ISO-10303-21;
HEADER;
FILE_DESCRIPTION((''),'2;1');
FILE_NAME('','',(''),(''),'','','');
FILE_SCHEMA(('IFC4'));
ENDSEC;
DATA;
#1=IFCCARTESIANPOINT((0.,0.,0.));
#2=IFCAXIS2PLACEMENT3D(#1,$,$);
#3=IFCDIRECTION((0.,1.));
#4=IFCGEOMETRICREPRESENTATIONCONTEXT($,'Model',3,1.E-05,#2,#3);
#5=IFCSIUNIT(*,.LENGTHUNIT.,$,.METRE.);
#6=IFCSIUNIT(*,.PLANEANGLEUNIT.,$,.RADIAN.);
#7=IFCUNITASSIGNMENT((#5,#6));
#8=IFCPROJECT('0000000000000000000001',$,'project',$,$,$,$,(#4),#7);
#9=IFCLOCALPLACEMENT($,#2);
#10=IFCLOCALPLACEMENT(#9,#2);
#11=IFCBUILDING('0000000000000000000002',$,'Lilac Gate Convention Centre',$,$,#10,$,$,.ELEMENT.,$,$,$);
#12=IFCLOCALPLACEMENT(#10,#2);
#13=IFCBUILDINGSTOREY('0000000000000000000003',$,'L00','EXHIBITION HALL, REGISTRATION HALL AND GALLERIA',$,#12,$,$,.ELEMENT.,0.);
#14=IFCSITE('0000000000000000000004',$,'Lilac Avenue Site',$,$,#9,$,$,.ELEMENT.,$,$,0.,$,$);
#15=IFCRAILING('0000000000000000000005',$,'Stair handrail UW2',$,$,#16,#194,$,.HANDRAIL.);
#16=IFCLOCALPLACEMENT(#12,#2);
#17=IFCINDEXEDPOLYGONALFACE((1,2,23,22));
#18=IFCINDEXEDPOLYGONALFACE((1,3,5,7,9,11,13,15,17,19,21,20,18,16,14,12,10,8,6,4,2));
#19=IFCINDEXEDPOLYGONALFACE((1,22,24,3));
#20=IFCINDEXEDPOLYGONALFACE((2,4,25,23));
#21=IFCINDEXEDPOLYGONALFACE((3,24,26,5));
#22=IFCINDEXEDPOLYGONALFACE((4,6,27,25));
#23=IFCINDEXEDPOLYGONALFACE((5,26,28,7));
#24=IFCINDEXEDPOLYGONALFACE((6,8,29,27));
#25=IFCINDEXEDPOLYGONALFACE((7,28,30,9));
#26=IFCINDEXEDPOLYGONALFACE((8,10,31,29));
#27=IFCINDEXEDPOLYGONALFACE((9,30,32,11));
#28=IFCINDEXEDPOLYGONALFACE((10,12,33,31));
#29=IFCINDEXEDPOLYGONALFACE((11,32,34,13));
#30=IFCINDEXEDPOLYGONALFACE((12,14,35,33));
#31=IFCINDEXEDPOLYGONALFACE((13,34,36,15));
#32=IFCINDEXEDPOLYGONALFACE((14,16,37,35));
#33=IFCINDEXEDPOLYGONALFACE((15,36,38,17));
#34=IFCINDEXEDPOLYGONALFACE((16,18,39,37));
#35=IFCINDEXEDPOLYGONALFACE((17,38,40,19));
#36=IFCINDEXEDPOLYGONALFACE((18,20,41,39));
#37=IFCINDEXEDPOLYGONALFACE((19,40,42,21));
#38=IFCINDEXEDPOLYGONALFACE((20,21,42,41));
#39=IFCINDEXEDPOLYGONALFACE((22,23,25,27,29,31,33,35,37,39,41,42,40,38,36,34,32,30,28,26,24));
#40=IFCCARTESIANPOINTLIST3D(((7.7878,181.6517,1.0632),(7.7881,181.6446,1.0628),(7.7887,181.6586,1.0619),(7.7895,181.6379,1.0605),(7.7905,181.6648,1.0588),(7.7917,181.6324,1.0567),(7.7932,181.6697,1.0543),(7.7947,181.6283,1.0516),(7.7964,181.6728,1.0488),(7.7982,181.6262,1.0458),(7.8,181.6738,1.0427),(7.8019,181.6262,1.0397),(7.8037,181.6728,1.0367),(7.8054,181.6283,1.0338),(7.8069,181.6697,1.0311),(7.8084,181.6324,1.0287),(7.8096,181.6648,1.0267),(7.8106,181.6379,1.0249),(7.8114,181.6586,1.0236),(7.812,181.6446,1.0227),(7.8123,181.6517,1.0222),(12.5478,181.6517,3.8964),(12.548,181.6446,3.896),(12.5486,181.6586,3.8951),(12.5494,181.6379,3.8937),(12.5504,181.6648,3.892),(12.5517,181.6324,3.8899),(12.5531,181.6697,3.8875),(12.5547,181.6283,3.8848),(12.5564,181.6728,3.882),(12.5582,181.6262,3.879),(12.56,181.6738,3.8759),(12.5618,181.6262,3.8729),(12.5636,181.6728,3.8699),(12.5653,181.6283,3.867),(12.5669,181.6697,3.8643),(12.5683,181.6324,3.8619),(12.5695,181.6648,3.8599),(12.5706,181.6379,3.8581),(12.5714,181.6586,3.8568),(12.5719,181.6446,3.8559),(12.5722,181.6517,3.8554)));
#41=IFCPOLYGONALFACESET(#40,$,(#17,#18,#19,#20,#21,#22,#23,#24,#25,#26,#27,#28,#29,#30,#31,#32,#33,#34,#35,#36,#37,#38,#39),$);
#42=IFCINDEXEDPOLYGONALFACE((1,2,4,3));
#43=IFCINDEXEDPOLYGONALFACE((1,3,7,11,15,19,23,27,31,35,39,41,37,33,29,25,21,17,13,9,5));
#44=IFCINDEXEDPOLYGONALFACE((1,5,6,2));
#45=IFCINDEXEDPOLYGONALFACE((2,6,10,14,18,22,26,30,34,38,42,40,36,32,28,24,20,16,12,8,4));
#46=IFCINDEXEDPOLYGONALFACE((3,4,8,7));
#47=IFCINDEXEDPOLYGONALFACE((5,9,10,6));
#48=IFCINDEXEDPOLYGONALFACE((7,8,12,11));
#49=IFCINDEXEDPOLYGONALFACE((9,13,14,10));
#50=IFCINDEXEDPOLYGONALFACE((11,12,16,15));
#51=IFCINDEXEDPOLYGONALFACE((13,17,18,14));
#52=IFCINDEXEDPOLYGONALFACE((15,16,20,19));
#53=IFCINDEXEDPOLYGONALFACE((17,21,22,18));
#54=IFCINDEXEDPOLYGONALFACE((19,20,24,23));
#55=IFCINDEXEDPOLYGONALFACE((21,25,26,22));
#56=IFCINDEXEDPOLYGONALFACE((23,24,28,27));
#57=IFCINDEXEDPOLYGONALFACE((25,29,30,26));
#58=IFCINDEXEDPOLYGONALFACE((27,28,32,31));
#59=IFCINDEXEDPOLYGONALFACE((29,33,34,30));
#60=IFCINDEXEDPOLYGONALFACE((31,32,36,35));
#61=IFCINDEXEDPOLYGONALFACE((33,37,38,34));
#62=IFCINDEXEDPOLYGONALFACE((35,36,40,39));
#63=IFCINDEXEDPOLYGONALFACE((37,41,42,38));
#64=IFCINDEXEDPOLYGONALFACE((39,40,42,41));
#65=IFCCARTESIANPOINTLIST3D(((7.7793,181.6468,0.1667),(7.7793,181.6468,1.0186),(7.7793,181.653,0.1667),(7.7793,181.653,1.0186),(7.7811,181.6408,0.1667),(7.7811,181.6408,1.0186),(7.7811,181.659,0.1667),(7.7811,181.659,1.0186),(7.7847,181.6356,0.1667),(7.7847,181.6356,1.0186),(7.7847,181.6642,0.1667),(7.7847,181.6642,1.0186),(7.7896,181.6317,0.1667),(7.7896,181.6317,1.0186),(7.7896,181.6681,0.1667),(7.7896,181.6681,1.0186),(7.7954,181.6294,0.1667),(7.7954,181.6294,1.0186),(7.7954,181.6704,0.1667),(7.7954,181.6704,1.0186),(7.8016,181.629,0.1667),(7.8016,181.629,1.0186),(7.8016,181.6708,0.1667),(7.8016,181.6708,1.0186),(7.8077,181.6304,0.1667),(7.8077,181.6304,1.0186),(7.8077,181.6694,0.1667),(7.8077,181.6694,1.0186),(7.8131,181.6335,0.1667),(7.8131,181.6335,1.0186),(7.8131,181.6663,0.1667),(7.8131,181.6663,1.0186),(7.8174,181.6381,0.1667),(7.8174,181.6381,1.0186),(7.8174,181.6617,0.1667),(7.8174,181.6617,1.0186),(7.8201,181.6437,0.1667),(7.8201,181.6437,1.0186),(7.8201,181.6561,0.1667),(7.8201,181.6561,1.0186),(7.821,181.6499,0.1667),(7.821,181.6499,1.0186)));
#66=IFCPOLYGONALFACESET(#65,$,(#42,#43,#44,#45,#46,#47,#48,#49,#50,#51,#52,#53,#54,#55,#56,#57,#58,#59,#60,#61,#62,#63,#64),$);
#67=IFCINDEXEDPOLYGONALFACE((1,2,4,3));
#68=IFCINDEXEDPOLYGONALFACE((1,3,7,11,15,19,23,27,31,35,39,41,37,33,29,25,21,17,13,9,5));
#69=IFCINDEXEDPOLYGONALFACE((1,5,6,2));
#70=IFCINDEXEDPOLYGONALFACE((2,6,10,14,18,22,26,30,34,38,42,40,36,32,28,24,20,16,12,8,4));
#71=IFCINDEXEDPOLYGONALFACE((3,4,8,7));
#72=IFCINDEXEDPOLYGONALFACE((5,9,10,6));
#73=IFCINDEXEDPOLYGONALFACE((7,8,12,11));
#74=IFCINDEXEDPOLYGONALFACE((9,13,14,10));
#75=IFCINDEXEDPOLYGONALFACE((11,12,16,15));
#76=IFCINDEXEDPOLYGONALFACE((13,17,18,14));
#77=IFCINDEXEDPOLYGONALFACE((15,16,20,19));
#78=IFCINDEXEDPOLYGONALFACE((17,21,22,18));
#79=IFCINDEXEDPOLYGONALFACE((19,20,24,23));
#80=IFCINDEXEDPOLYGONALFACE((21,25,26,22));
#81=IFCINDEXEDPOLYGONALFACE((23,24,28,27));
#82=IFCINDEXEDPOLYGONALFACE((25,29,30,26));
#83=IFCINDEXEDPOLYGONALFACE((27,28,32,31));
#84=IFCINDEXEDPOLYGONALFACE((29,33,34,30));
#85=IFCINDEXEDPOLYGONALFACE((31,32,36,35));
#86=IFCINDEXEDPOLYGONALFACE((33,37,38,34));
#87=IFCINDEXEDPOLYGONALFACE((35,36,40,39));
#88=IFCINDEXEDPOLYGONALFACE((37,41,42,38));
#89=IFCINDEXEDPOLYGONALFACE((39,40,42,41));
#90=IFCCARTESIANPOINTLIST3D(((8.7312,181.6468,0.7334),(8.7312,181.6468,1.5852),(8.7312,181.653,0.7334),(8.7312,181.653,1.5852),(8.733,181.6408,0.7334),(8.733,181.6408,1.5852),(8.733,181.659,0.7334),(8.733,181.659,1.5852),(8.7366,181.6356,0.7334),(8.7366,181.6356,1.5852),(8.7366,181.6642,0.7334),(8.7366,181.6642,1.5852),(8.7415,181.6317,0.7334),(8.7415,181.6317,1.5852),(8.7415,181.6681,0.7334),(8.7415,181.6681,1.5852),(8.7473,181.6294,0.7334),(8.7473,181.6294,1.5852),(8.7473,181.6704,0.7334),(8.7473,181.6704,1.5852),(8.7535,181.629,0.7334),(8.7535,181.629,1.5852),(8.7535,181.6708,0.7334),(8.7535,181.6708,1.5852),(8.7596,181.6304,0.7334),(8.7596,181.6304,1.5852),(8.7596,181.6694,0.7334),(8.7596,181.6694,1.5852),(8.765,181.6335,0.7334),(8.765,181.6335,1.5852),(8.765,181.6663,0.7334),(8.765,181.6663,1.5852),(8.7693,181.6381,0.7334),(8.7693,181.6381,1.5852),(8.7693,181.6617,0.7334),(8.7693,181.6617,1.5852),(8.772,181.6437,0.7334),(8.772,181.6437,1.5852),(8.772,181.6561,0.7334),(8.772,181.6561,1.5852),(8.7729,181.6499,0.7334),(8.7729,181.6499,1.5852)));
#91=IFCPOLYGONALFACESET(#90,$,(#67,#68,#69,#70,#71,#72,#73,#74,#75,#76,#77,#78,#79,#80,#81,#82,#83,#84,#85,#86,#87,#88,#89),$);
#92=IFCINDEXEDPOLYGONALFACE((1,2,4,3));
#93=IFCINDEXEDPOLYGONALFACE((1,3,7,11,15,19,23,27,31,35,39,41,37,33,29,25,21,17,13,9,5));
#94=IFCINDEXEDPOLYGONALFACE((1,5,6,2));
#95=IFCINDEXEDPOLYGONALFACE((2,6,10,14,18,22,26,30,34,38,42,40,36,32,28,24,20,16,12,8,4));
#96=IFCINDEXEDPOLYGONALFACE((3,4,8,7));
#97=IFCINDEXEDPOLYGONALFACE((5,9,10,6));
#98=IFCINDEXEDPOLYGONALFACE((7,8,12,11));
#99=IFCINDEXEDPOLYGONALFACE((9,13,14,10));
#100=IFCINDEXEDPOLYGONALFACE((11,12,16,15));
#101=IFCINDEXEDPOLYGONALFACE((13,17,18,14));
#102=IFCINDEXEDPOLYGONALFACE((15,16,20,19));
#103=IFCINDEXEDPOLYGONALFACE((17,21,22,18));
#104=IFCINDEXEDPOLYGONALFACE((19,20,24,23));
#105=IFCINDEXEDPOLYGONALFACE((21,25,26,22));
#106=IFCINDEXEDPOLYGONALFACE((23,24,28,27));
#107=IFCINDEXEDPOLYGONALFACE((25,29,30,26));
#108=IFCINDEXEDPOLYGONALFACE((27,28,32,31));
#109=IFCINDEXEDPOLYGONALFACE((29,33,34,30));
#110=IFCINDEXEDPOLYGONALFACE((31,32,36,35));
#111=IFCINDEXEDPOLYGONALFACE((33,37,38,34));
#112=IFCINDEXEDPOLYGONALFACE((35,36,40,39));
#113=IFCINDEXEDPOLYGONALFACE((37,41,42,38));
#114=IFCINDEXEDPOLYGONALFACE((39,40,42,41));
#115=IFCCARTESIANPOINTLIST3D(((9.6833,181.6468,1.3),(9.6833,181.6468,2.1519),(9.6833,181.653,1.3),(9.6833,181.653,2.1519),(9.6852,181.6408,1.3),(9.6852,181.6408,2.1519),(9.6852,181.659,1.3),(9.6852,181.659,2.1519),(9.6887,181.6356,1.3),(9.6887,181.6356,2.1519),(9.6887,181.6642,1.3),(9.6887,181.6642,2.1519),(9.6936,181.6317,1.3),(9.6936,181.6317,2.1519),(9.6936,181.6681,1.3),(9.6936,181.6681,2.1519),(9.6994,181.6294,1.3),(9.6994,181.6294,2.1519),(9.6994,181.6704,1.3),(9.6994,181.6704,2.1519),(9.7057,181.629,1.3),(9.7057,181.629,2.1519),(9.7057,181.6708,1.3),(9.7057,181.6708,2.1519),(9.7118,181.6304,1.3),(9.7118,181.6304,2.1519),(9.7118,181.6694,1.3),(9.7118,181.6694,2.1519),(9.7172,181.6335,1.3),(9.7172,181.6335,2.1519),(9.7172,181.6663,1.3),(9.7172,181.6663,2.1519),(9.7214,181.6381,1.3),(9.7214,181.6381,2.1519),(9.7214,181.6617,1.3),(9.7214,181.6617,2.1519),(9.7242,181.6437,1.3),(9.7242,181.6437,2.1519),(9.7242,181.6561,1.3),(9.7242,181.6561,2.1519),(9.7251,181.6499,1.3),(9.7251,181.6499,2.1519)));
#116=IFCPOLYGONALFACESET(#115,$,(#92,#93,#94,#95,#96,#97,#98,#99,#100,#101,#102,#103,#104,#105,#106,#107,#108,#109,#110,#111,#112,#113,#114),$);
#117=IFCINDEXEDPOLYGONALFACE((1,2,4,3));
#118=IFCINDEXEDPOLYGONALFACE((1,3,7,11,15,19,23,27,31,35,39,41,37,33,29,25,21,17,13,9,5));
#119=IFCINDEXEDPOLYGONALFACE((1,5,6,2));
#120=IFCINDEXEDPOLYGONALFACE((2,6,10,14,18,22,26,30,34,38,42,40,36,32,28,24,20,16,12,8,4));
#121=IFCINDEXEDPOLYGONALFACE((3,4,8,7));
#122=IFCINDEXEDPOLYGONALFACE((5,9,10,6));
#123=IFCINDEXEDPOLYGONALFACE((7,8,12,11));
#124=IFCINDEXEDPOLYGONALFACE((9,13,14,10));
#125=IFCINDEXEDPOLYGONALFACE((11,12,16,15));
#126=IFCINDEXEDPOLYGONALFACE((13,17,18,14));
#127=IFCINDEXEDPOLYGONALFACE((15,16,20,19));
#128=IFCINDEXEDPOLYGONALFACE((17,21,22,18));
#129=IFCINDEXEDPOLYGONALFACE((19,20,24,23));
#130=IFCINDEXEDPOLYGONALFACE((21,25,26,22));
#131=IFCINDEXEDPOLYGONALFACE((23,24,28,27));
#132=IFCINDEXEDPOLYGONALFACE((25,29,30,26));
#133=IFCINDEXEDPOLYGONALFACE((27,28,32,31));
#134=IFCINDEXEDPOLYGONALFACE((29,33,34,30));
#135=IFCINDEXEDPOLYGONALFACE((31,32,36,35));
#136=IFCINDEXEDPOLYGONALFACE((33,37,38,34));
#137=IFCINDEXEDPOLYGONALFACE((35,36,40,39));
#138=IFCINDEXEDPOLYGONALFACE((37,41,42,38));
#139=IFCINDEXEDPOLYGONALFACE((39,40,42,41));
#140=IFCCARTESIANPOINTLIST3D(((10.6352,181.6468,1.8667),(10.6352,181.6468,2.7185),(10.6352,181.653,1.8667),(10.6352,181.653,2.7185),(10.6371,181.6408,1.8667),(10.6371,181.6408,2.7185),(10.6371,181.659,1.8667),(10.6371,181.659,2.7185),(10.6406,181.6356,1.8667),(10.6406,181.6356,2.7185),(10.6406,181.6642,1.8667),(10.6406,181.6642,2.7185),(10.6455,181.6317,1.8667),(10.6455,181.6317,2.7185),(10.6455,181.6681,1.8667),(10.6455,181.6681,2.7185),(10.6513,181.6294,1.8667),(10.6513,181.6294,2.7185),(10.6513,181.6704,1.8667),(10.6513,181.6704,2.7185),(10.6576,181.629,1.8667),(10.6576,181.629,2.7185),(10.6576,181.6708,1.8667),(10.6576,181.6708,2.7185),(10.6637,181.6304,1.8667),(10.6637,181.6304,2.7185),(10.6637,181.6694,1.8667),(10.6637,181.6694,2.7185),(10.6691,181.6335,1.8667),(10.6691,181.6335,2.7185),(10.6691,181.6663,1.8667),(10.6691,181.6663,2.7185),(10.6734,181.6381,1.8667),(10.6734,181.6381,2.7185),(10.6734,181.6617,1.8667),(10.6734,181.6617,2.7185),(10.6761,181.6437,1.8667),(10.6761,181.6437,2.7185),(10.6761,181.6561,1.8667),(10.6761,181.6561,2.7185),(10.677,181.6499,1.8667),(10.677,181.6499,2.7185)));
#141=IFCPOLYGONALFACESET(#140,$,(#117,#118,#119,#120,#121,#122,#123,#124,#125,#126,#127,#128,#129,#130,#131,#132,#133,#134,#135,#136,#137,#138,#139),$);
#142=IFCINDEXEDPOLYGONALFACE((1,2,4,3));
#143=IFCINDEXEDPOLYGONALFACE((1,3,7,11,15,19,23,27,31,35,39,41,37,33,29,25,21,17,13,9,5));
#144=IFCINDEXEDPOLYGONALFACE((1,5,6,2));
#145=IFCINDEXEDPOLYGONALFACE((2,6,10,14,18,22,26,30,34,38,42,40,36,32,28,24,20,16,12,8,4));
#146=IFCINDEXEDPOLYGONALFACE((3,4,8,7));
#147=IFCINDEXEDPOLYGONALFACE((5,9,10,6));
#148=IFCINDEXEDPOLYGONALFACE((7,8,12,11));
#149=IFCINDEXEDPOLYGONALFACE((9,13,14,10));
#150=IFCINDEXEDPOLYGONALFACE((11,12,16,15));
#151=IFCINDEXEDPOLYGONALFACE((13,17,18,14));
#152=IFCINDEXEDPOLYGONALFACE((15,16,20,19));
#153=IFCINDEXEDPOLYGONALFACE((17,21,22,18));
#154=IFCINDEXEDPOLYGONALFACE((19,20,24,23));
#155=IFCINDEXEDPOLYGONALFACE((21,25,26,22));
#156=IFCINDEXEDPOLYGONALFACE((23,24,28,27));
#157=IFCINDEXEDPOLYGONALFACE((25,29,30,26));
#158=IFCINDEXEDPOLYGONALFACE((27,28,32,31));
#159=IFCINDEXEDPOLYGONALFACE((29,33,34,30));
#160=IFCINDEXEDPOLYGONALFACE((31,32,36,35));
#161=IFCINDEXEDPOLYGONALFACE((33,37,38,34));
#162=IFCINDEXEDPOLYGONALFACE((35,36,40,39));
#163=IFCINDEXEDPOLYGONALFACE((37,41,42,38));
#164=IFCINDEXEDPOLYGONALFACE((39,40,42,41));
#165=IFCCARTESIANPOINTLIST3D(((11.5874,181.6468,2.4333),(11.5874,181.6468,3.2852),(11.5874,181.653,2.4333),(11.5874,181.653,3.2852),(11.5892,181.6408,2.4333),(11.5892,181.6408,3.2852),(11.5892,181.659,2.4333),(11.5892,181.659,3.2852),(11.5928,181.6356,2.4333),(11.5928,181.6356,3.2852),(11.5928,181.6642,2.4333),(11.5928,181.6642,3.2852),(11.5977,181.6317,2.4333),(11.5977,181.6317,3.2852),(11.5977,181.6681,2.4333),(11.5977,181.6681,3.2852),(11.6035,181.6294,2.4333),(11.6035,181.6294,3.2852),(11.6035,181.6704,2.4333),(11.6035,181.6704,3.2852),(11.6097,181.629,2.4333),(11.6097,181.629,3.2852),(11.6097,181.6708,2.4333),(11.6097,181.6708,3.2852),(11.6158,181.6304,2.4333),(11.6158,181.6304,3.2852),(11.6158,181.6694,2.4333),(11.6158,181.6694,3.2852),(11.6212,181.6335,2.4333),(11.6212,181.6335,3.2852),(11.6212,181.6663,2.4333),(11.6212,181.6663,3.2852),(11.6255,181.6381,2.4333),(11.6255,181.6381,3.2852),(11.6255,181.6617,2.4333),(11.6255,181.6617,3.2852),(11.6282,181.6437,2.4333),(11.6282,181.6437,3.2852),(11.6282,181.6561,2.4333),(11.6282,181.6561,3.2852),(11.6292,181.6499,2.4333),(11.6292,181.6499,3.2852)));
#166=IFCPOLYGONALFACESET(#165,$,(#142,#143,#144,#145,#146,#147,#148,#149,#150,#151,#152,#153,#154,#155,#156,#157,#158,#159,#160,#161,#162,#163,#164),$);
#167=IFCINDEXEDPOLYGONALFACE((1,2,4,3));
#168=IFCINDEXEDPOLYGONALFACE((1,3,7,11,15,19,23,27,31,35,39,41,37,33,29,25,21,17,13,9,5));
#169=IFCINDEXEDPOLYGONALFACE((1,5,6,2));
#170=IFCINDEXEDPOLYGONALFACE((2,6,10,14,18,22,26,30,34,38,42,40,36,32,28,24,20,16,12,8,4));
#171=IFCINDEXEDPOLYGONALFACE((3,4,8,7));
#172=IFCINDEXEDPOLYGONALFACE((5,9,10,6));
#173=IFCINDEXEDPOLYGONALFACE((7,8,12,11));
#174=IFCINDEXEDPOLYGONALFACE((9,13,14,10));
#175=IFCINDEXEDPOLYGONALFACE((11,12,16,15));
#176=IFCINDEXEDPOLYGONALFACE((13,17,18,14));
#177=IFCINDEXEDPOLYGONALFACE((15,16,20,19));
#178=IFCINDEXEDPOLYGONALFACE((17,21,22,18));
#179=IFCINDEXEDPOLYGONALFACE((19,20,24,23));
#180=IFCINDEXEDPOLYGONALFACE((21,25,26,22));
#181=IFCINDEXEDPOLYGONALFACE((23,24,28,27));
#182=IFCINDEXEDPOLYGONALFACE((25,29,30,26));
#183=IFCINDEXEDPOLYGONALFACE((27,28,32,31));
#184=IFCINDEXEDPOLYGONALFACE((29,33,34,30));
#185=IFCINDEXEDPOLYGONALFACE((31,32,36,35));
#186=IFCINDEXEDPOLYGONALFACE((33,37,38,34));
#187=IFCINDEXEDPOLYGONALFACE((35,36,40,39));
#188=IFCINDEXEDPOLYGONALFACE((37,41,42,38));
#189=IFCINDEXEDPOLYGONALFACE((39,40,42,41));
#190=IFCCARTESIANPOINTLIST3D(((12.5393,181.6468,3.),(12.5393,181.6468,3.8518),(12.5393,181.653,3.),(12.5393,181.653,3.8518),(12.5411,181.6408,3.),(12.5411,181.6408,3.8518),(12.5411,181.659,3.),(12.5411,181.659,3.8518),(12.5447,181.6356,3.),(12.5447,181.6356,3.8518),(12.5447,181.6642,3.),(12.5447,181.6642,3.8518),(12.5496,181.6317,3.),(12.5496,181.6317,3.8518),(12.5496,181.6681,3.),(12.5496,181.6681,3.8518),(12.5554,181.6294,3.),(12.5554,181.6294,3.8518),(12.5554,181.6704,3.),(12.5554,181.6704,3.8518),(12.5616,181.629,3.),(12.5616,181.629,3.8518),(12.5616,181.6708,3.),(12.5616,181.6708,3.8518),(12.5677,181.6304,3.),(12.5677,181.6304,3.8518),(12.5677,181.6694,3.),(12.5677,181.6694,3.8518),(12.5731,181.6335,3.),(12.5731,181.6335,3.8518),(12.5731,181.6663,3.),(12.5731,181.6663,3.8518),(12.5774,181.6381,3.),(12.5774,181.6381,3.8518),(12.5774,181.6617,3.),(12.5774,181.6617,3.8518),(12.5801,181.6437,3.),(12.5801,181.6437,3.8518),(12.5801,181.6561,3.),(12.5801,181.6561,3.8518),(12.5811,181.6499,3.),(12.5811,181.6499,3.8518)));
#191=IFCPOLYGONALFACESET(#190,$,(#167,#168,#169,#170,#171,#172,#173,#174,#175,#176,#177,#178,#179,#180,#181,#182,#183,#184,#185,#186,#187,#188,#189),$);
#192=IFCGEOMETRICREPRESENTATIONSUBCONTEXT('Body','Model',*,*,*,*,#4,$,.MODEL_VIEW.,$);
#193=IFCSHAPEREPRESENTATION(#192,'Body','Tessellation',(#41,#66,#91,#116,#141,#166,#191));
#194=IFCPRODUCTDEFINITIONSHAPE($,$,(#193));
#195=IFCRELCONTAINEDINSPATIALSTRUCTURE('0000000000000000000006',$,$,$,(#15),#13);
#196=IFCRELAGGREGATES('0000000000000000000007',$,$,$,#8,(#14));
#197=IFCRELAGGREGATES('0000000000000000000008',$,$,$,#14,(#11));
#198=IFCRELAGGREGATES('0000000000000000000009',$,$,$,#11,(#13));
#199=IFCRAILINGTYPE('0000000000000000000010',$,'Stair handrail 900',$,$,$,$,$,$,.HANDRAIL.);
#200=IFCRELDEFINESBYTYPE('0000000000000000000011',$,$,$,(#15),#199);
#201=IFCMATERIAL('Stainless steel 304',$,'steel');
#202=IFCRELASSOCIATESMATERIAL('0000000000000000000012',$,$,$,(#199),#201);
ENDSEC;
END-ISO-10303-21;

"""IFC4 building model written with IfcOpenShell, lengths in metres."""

from ifc_helpers import new_model, si_unit, direction, frame, origin, origin_2d, place, context, subcontext, project, spatial, circle, extrude, material, type_object, element, save


model = new_model("IFC4")

# Units and contexts
model_context = context("Model", 3, precision=1e-05, world=origin(), true_north=direction((0.0, 1.0)))
body_context = subcontext(model_context, "Body", "Model", "MODEL_VIEW")
ifc_project = project(units=[si_unit("LENGTHUNIT", "METRE"), si_unit("PLANEANGLEUNIT", "RADIAN")], contexts=[model_context])

# Site, building, storey
site_placement = place(None, origin())
site = spatial("IfcSite", under=ifc_project, at=site_placement, Name="Lilac Avenue Site", CompositionType="ELEMENT", RefElevation=0.0)
building_placement = place(site_placement, origin())
building = spatial("IfcBuilding", under=site, at=building_placement, Name="Lilac Gate Convention Centre", CompositionType="ELEMENT")
storey_placement = place(building_placement, origin())
storey = spatial("IfcBuildingStorey", under=building, at=storey_placement, Name="L00", Description="EXHIBITION HALL, REGISTRATION HALL AND GALLERIA", CompositionType="ELEMENT", Elevation=0.0)

# Railing
ifc_material_1 = material(Name="Stainless steel 304", Category="steel")
railing_type = type_object("IfcRailingType", Name="Stair handrail 900", PredefinedType="HANDRAIL", material=ifc_material_1)
railing_placement = place(storey_placement, frame((7.8, 181.6499, 0.1667)))
element("IfcRailing", 1, at=railing_placement, inside=storey, type_object=railing_type, Name="Stair handrail UW2", PredefinedType="HANDRAIL", context=body_context, shape_type="SweptSolid", body=[
    extrude(circle(Radius=0.0239, at=origin_2d()), frame((0.0, 0.0, 0.876), z_axis=(0.8593, 0.0, 0.511472), x_axis=(0.0, 1.0, 0.0)), (0.0, 0.0, 1.0), 5.5393),
    extrude(circle(Radius=0.021, at=origin_2d()), origin(), (0.0, 0.0, 1.0), 0.8518),
    extrude(circle(Radius=0.021, at=origin_2d()), frame((0.9519, 0.0, 0.5667)), (0.0, 0.0, 1.0), 0.8518),
    extrude(circle(Radius=0.021, at=origin_2d()), frame((1.9041, 0.0, 1.1333)), (0.0, 0.0, 1.0), 0.8518),
    extrude(circle(Radius=0.021, at=origin_2d()), frame((2.856, 0.0, 1.7)), (0.0, 0.0, 1.0), 0.8518),
    extrude(circle(Radius=0.021, at=origin_2d()), frame((3.8081, 0.0, 2.2666)), (0.0, 0.0, 1.0), 0.8518),
    extrude(circle(Radius=0.021, at=origin_2d()), frame((4.76, 0.0, 2.8333)), (0.0, 0.0, 1.0), 0.8518),
])

save(model, "model.ifc")
